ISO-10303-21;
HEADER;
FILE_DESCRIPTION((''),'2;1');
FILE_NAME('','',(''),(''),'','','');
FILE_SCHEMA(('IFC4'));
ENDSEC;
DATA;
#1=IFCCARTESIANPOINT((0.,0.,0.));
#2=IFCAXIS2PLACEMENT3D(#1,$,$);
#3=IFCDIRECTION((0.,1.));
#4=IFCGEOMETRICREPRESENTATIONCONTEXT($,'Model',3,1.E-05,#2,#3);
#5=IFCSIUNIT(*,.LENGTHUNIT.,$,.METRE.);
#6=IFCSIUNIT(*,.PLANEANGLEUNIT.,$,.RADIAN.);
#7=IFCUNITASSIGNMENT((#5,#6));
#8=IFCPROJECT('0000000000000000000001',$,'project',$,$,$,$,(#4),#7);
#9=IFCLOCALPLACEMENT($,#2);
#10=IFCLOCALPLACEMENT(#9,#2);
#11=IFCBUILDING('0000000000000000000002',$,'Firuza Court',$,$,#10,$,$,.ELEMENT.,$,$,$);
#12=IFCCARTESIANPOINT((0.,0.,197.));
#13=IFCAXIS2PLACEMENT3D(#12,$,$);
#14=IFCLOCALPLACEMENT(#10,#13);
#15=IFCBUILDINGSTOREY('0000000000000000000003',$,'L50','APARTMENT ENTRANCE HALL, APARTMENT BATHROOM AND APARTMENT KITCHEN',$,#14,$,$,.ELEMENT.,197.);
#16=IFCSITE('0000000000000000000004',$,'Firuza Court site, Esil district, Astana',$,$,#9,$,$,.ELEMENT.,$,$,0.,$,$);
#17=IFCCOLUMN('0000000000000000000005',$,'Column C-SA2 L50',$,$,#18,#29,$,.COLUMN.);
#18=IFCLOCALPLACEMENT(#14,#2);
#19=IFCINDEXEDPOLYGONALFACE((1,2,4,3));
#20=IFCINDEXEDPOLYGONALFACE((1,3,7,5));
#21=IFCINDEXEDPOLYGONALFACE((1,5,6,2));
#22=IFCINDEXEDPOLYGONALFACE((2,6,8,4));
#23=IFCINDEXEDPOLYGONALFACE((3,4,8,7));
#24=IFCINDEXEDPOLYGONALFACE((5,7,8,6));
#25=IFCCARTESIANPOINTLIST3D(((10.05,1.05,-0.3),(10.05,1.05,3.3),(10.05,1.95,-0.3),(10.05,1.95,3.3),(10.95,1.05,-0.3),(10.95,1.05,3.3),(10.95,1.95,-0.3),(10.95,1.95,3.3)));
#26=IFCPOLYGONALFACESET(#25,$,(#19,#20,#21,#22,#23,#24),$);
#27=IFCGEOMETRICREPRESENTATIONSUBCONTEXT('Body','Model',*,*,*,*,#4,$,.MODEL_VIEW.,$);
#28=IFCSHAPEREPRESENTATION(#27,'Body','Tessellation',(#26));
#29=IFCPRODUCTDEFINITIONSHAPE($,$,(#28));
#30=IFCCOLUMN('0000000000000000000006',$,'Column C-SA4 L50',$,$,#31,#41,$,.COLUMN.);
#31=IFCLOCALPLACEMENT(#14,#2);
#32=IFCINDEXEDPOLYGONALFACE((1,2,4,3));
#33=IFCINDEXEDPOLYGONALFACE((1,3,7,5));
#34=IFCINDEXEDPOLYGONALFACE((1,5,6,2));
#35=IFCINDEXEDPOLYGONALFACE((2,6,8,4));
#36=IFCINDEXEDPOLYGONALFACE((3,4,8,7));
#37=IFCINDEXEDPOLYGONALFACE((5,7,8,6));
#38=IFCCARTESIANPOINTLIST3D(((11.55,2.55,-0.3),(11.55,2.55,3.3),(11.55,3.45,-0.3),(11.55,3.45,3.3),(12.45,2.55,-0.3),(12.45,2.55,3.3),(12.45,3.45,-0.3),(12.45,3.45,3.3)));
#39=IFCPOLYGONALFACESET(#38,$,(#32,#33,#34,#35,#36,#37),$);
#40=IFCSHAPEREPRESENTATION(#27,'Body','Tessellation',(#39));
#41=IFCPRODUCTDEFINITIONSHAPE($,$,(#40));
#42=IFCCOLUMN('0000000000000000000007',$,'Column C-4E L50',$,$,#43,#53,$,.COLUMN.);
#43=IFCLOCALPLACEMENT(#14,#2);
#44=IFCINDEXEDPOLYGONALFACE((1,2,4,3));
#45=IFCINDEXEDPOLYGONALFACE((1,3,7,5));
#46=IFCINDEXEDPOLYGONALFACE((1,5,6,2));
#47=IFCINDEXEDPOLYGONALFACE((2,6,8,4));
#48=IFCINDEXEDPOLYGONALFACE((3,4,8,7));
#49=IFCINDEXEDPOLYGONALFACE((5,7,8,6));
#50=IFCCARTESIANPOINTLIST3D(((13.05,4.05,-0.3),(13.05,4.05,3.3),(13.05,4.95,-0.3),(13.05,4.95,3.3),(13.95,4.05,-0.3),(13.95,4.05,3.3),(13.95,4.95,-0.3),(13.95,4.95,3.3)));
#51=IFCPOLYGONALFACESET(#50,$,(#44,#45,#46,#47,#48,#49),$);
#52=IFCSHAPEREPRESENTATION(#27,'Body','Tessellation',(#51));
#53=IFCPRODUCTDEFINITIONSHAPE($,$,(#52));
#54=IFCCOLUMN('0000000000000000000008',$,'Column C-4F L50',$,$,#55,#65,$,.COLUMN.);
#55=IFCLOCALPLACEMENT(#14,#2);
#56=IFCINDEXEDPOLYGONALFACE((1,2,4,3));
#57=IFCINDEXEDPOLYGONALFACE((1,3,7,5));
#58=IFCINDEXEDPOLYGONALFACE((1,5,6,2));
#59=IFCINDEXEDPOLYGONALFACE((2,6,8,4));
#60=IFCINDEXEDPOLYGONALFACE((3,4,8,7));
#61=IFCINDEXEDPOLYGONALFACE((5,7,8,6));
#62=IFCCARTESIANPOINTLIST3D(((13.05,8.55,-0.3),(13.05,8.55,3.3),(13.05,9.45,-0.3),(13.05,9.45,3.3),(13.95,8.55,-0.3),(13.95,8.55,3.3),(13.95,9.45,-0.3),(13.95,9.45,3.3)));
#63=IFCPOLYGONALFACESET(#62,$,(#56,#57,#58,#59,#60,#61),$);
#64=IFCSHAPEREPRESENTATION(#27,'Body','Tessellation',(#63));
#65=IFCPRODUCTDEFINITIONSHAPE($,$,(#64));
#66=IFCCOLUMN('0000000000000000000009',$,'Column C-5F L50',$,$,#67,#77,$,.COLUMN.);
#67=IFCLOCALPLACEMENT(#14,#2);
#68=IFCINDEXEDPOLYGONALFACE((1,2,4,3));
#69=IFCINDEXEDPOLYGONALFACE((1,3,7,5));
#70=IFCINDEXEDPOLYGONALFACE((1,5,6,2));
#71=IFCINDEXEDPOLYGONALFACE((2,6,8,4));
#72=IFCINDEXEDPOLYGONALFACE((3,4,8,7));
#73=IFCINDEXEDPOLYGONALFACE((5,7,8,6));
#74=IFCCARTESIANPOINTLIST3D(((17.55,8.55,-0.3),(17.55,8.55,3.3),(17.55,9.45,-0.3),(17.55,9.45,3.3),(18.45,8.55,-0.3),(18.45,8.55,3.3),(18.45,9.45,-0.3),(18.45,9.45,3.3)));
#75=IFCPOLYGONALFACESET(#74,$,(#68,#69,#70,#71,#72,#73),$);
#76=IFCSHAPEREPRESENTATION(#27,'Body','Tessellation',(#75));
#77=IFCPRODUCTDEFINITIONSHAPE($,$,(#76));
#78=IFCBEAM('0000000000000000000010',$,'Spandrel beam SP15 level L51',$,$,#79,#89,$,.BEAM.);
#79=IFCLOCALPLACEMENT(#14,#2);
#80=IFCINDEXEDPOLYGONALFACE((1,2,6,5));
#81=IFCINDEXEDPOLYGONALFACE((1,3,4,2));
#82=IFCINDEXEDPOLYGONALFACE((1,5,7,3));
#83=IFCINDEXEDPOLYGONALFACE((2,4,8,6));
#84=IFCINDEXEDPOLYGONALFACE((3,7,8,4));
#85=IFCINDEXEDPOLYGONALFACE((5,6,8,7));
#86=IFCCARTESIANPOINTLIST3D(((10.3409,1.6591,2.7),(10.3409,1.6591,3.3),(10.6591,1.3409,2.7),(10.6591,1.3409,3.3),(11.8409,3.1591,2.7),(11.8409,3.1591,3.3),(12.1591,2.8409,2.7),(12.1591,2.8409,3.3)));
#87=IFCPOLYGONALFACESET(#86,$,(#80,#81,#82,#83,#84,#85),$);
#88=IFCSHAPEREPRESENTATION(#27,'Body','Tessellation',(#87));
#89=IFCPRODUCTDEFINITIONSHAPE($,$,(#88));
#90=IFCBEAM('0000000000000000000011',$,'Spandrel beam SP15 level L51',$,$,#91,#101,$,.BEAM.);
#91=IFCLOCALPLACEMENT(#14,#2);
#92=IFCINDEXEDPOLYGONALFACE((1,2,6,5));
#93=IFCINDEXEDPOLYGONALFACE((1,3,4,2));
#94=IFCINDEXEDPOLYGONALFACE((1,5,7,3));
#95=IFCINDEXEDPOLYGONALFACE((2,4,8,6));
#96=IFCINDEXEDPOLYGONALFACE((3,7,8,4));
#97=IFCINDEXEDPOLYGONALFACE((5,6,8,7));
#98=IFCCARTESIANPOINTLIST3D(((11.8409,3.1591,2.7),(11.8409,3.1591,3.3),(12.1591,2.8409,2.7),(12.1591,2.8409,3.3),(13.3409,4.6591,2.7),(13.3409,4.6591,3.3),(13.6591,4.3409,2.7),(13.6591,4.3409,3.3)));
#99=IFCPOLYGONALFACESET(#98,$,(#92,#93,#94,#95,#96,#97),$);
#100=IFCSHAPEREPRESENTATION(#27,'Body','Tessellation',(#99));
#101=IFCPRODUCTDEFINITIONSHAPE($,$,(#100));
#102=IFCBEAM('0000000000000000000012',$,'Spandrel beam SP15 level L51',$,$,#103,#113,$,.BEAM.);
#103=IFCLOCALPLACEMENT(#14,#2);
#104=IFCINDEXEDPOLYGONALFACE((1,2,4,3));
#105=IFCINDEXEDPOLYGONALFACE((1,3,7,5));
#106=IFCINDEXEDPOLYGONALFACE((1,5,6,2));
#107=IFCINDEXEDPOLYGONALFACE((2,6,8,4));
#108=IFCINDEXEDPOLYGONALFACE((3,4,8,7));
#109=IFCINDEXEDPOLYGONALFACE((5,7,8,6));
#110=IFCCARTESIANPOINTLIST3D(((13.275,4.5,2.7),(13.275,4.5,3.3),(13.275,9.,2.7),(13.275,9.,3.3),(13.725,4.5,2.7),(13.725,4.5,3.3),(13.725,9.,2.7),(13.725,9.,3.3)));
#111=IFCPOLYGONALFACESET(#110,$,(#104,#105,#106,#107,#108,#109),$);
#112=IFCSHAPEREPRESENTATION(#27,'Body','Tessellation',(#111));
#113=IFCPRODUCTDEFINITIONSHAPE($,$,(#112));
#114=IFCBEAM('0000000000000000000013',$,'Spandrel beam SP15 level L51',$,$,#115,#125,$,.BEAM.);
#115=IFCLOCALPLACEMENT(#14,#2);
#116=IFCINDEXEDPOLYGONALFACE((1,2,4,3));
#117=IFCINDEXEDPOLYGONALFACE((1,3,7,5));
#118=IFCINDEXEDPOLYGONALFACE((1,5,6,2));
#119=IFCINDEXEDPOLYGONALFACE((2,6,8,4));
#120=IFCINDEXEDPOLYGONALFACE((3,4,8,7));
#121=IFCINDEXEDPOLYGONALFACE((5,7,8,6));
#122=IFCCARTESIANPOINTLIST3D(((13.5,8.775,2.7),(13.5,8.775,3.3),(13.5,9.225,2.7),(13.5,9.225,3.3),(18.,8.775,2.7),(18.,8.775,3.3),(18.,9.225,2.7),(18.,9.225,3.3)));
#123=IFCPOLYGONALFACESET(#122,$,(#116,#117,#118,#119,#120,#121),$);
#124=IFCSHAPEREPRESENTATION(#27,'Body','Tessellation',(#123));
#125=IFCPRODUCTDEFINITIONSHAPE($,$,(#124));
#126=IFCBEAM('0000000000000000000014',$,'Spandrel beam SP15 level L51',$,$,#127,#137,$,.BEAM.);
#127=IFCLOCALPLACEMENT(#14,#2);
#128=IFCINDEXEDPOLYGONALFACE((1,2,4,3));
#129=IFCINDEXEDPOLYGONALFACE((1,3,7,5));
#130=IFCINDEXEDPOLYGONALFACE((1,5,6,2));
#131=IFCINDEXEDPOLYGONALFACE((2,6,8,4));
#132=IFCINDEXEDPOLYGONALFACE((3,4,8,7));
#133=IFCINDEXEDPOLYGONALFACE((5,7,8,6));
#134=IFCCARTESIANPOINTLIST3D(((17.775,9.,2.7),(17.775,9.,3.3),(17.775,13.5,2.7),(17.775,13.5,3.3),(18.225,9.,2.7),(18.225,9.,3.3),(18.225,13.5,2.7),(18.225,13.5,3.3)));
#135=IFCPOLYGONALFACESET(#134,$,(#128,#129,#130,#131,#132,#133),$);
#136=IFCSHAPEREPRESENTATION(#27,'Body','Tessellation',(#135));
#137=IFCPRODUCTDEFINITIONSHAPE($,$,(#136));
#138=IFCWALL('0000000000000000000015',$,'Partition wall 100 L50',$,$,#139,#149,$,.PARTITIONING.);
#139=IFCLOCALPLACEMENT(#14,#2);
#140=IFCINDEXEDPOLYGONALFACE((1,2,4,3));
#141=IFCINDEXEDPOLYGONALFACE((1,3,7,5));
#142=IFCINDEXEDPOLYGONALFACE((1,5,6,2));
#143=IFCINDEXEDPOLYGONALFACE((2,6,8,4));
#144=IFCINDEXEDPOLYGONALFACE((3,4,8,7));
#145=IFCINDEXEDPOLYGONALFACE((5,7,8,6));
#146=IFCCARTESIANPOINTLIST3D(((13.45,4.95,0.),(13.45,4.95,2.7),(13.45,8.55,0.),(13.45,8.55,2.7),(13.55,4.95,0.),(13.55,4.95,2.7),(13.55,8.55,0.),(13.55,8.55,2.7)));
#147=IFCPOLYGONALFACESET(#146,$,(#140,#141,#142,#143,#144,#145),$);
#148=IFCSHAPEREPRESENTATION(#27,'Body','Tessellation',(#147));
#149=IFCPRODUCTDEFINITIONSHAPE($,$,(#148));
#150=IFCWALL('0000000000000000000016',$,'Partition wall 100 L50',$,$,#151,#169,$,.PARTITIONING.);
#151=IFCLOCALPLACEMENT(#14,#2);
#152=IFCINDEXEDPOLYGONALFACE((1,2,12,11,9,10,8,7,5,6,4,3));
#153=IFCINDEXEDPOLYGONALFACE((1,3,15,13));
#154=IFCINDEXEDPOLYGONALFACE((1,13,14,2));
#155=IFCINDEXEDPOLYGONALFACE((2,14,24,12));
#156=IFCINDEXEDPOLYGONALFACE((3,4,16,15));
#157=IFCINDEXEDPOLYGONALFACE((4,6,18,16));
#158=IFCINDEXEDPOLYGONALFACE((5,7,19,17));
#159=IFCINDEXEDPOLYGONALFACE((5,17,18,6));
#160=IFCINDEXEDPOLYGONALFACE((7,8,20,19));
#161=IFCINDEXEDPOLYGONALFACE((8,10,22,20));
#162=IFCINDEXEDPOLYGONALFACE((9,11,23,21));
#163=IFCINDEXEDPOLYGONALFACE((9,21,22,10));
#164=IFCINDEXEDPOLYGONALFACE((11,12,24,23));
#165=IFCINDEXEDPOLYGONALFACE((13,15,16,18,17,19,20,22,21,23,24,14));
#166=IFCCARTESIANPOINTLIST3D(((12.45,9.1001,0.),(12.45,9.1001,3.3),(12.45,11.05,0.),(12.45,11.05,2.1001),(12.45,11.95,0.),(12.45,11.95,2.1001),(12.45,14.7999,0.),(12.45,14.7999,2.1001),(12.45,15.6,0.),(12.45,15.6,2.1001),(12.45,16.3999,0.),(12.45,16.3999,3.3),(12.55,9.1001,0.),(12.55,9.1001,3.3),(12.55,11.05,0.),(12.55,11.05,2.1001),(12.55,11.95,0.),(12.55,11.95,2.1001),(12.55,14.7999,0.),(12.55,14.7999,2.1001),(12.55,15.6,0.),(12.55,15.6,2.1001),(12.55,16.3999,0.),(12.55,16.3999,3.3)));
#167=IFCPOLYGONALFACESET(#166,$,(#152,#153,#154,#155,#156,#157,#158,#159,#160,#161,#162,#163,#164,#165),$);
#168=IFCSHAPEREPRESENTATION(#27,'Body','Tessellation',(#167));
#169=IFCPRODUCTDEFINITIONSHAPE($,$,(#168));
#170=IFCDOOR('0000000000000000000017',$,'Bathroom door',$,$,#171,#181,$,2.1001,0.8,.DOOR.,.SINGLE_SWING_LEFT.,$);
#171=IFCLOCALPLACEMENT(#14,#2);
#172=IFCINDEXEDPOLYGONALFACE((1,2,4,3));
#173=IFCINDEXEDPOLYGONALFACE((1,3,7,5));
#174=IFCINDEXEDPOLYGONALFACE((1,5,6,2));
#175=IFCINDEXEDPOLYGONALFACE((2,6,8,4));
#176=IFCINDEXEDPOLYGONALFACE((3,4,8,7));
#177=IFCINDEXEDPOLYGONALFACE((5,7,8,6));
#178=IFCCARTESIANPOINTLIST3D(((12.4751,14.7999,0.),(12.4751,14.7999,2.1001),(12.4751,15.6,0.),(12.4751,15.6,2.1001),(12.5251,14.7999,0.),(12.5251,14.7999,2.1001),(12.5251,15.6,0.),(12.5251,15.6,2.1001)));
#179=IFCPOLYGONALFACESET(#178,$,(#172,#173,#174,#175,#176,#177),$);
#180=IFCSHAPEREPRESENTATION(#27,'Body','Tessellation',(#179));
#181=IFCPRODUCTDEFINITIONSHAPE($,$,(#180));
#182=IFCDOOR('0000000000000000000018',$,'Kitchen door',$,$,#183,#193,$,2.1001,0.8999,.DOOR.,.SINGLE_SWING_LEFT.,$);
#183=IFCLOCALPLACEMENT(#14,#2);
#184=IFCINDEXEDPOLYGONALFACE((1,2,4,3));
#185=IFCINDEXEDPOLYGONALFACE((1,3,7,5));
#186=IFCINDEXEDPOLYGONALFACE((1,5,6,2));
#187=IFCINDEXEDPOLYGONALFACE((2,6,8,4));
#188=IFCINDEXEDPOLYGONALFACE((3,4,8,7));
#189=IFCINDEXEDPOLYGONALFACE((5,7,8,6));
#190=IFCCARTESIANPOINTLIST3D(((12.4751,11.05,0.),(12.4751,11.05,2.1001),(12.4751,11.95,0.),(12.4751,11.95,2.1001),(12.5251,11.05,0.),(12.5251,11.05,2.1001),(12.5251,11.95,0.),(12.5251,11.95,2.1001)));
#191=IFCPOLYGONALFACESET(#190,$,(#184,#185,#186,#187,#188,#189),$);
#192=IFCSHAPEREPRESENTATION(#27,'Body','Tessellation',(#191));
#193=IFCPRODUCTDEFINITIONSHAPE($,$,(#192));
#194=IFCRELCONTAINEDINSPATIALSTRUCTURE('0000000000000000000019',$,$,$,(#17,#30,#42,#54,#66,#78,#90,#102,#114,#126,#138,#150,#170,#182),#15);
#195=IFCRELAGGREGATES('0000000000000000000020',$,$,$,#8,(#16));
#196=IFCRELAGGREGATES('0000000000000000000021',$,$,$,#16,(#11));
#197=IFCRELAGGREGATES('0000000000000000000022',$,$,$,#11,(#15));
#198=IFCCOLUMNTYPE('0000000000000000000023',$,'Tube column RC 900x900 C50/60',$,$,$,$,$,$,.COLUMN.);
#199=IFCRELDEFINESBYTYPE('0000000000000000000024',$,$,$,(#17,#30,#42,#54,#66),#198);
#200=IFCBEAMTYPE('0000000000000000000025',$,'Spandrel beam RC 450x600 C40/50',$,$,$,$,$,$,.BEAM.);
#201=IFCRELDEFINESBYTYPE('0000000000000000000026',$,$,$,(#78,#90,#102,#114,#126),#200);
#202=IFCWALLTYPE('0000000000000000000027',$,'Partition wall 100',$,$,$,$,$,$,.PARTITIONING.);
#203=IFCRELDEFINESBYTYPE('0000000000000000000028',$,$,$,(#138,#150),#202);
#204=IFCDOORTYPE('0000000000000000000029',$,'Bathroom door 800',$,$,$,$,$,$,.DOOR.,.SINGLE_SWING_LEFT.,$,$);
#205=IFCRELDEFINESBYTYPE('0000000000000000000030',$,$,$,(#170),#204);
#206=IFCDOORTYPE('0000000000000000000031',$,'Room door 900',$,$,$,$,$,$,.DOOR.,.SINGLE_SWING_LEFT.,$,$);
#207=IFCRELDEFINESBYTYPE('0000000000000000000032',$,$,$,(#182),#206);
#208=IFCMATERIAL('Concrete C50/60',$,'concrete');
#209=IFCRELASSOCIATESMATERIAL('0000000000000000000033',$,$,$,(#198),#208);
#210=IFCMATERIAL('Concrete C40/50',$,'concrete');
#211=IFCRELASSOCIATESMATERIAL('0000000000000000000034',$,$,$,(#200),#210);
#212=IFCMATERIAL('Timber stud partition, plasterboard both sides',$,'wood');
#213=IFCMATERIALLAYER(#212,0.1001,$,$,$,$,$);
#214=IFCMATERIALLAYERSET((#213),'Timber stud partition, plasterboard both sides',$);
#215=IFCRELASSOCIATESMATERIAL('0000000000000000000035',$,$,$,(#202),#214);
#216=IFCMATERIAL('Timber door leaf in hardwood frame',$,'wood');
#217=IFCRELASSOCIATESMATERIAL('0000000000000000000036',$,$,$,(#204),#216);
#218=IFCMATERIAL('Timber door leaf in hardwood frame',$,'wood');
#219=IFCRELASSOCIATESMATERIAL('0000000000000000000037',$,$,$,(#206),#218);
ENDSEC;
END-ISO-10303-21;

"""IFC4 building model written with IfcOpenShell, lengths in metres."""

from ifc_helpers import new_model, si_unit, direction, frame, frame_2d, origin, origin_2d, place, context, subcontext, project, spatial, rectangle, extrude, material, layer, layer_set, material_profile, profile_set, type_object, element, fill, save


model = new_model("IFC4")

# Units and contexts
model_context = context("Model", 3, precision=1e-05, world=origin(), true_north=direction((0.0, 1.0)))
body_context = subcontext(model_context, "Body", "Model", "MODEL_VIEW")
ifc_project = project(units=[si_unit("LENGTHUNIT", "METRE"), si_unit("PLANEANGLEUNIT", "RADIAN")], contexts=[model_context])

# Site, building, storey
site_placement = place(None, origin())
site = spatial("IfcSite", under=ifc_project, at=site_placement, Name="Firuza Court site, Esil district, Astana", CompositionType="ELEMENT", RefElevation=0.0)
building_placement = place(site_placement, origin())
building = spatial("IfcBuilding", under=site, at=building_placement, Name="Firuza Court", CompositionType="ELEMENT")
storey_placement = place(building_placement, frame((0.0, 0.0, 197.0)))
storey = spatial("IfcBuildingStorey", under=building, at=storey_placement, Name="L50", Description="APARTMENT ENTRANCE HALL, APARTMENT BATHROOM AND APARTMENT KITCHEN", CompositionType="ELEMENT", Elevation=197.0)

# Columns
ifc_material_1 = material(Name="Concrete C50/60", Category="concrete")
ifc_material_profile_1 = material_profile(ifc_material_1, rectangle(XDim=0.8999, YDim=0.8999, at=origin_2d()), Name="RC 900x900")
ifc_profile_set_1 = profile_set([ifc_material_profile_1], Name="Concrete C50/60")
column_type = type_object("IfcColumnType", Name="Tube column RC 900x900 C50/60", PredefinedType="COLUMN", material=ifc_profile_set_1)
for number, where, z_axis, x_axis, name in (
    (1, (10.5, 1.5, -0.3), (0.0, 0.0, 1.0), (1.0, 0.0, 0.0), "Column C-SA2 L50"),
    (2, (12.0, 3.0, -0.3), (0.0, 0.0, 1.0), (1.0, 0.0, 0.0), "Column C-SA4 L50"),
    (3, (13.5, 4.5, -0.3), (0.0, 0.0, 1.0), (1.0, 0.0, 0.0), "Column C-4E L50"),
    (4, (13.5, 9.0, -0.3), (0.0, 0.0, 1.0), (1.0, 0.0, 0.0), "Column C-4F L50"),
    (5, (18.0, 9.0, -0.3), (0.0, 0.0, 1.0), (1.0, 0.0, 0.0), "Column C-5F L50"),
):
    element("IfcColumn", number, at=place(storey_placement, frame(where, z_axis=z_axis, x_axis=x_axis)), inside=storey, type_object=column_type, Name=name, PredefinedType="COLUMN", context=body_context, shape_type="SweptSolid", body=[
        extrude(rectangle(XDim=0.8999, YDim=0.8999, at=origin_2d()), origin(), (0.0, 0.0, 1.0), 3.6001),
    ])

# Beams
ifc_material_2 = material(Name="Concrete C40/50", Category="concrete")
ifc_material_profile_2 = material_profile(ifc_material_2, rectangle(XDim=0.45, YDim=0.6001, at=origin_2d()), Name="RC 450x600")
ifc_profile_set_2 = profile_set([ifc_material_profile_2], Name="Concrete C40/50")
beam_type = type_object("IfcBeamType", Name="Spandrel beam RC 450x600 C40/50", PredefinedType="BEAM", material=ifc_profile_set_2)
for number, where, z_axis, x_axis, name in (
    (6, (10.5, 1.5, 3.0), (0.707107, 0.707107, 0.0), (-0.707107, 0.707107, 0.0), "Spandrel beam SP15 level L51"),
    (7, (12.0, 3.0, 3.0), (0.707107, 0.707107, 0.0), (-0.707107, 0.707107, 0.0), "Spandrel beam SP15 level L51"),
):
    element("IfcBeam", number, at=place(storey_placement, frame(where, z_axis=z_axis, x_axis=x_axis)), inside=storey, type_object=beam_type, Name=name, PredefinedType="BEAM", context=body_context, shape_type="SweptSolid", body=[
        extrude(rectangle(XDim=0.45, YDim=0.6001, at=origin_2d()), origin(), (0.0, 0.0, 1.0), 2.1213),
    ])
for number, where, z_axis, x_axis, name in (
    (8, (13.5, 4.5, 3.0), (0.0, 1.0, 0.0), (-1.0, 0.0, 0.0), "Spandrel beam SP15 level L51"),
    (9, (13.5, 9.0, 3.0), (1.0, 0.0, 0.0), (0.0, 1.0, 0.0), "Spandrel beam SP15 level L51"),
    (10, (18.0, 9.0, 3.0), (0.0, 1.0, 0.0), (-1.0, 0.0, 0.0), "Spandrel beam SP15 level L51"),
):
    element("IfcBeam", number, at=place(storey_placement, frame(where, z_axis=z_axis, x_axis=x_axis)), inside=storey, type_object=beam_type, Name=name, PredefinedType="BEAM", context=body_context, shape_type="SweptSolid", body=[
        extrude(rectangle(XDim=0.45, YDim=0.6001, at=origin_2d()), origin(), (0.0, 0.0, 1.0), 4.5),
    ])

# Wall
ifc_material_3 = material(Name="Timber stud partition, plasterboard both sides", Category="wood")
ifc_layer_1 = layer(ifc_material_3, 0.1001)
ifc_layer_set_1 = layer_set([ifc_layer_1], Name="Timber stud partition, plasterboard both sides")
wall_type_1 = type_object("IfcWallType", Name="Partition wall 100", PredefinedType="PARTITIONING", material=ifc_layer_set_1)
wall_1_placement = place(storey_placement, frame((13.5, 4.95, 0.0), z_axis=(0.0, 0.0, 1.0), x_axis=(0.0, 1.0, 0.0)))
element("IfcWall", 11, at=wall_1_placement, inside=storey, type_object=wall_type_1, Name="Partition wall 100 L50", PredefinedType="PARTITIONING", context=body_context, shape_type="SweptSolid", body=[
    extrude(rectangle(XDim=3.6001, YDim=0.1001, at=frame_2d((1.8, 0.0))), origin(), (0.0, 0.0, 1.0), 2.7),
])

# Wall, openings, doors
wall_2_placement = place(storey_placement, frame((12.5, 9.1001, 0.0), z_axis=(0.0, 0.0, 1.0), x_axis=(0.0, 1.0, 0.0)))
wall_2 = element("IfcWall", 12, at=wall_2_placement, inside=storey, type_object=wall_type_1, Name="Partition wall 100 L50", PredefinedType="PARTITIONING", context=body_context, shape_type="SweptSolid", body=[
    extrude(rectangle(XDim=7.2998, YDim=0.1001, at=frame_2d((3.6499, 0.0))), origin(), (0.0, 0.0, 1.0), 3.3),
])
opening_1_placement = place(wall_2_placement, frame((5.7, 0.0, 0.0)))
opening_1 = element("IfcOpeningElement", 13, at=opening_1_placement, cuts=wall_2, PredefinedType="OPENING", context=body_context, shape_type="SweptSolid", body=[
    extrude(rectangle(XDim=0.8, YDim=2.1001, at=frame_2d((0.3999, 1.05))), frame((0.0, 0.062, 0.0), z_axis=(0.0, -1.0, 0.0), x_axis=(1.0, 0.0, 0.0)), (0.0, 0.0, 1.0), 0.124),
])
opening_2_placement = place(wall_2_placement, frame((1.95, 0.0, 0.0)))
opening_2 = element("IfcOpeningElement", 14, at=opening_2_placement, cuts=wall_2, PredefinedType="OPENING", context=body_context, shape_type="SweptSolid", body=[
    extrude(rectangle(XDim=0.8999, YDim=2.1001, at=frame_2d((0.45, 1.05))), frame((0.0, 0.062, 0.0), z_axis=(0.0, -1.0, 0.0), x_axis=(1.0, 0.0, 0.0)), (0.0, 0.0, 1.0), 0.124),
])
ifc_material_4 = material(Name="Timber door leaf in hardwood frame", Category="wood")
door_type_1 = type_object("IfcDoorType", Name="Bathroom door 800", OperationType="SINGLE_SWING_LEFT", PredefinedType="DOOR", material=ifc_material_4)
door_1_placement = place(opening_1_placement, origin())
door_1 = element("IfcDoor", 15, at=door_1_placement, inside=storey, type_object=door_type_1, Name="Bathroom door", OperationType="SINGLE_SWING_LEFT", OverallHeight=2.1001, OverallWidth=0.8, PredefinedType="DOOR", context=body_context, shape_type="SweptSolid", body=[
    extrude(rectangle(XDim=0.8, YDim=2.1001, at=frame_2d((0.3999, 1.05))), frame((0.0, 0.0249, 0.0), z_axis=(0.0, -1.0, 0.0), x_axis=(1.0, 0.0, 0.0)), (0.0, 0.0, 1.0), 0.05),
])
fill(opening_1, door_1)
ifc_material_5 = material(Name="Timber door leaf in hardwood frame", Category="wood")
door_type_2 = type_object("IfcDoorType", Name="Room door 900", OperationType="SINGLE_SWING_LEFT", PredefinedType="DOOR", material=ifc_material_5)
door_2_placement = place(opening_2_placement, origin())
door_2 = element("IfcDoor", 16, at=door_2_placement, inside=storey, type_object=door_type_2, Name="Kitchen door", OperationType="SINGLE_SWING_LEFT", OverallHeight=2.1001, OverallWidth=0.8999, PredefinedType="DOOR", context=body_context, shape_type="SweptSolid", body=[
    extrude(rectangle(XDim=0.8999, YDim=2.1001, at=frame_2d((0.45, 1.05))), frame((0.0, 0.0249, 0.0), z_axis=(0.0, -1.0, 0.0), x_axis=(1.0, 0.0, 0.0)), (0.0, 0.0, 1.0), 0.05),
])
fill(opening_2, door_2)

save(model, "model.ifc")
